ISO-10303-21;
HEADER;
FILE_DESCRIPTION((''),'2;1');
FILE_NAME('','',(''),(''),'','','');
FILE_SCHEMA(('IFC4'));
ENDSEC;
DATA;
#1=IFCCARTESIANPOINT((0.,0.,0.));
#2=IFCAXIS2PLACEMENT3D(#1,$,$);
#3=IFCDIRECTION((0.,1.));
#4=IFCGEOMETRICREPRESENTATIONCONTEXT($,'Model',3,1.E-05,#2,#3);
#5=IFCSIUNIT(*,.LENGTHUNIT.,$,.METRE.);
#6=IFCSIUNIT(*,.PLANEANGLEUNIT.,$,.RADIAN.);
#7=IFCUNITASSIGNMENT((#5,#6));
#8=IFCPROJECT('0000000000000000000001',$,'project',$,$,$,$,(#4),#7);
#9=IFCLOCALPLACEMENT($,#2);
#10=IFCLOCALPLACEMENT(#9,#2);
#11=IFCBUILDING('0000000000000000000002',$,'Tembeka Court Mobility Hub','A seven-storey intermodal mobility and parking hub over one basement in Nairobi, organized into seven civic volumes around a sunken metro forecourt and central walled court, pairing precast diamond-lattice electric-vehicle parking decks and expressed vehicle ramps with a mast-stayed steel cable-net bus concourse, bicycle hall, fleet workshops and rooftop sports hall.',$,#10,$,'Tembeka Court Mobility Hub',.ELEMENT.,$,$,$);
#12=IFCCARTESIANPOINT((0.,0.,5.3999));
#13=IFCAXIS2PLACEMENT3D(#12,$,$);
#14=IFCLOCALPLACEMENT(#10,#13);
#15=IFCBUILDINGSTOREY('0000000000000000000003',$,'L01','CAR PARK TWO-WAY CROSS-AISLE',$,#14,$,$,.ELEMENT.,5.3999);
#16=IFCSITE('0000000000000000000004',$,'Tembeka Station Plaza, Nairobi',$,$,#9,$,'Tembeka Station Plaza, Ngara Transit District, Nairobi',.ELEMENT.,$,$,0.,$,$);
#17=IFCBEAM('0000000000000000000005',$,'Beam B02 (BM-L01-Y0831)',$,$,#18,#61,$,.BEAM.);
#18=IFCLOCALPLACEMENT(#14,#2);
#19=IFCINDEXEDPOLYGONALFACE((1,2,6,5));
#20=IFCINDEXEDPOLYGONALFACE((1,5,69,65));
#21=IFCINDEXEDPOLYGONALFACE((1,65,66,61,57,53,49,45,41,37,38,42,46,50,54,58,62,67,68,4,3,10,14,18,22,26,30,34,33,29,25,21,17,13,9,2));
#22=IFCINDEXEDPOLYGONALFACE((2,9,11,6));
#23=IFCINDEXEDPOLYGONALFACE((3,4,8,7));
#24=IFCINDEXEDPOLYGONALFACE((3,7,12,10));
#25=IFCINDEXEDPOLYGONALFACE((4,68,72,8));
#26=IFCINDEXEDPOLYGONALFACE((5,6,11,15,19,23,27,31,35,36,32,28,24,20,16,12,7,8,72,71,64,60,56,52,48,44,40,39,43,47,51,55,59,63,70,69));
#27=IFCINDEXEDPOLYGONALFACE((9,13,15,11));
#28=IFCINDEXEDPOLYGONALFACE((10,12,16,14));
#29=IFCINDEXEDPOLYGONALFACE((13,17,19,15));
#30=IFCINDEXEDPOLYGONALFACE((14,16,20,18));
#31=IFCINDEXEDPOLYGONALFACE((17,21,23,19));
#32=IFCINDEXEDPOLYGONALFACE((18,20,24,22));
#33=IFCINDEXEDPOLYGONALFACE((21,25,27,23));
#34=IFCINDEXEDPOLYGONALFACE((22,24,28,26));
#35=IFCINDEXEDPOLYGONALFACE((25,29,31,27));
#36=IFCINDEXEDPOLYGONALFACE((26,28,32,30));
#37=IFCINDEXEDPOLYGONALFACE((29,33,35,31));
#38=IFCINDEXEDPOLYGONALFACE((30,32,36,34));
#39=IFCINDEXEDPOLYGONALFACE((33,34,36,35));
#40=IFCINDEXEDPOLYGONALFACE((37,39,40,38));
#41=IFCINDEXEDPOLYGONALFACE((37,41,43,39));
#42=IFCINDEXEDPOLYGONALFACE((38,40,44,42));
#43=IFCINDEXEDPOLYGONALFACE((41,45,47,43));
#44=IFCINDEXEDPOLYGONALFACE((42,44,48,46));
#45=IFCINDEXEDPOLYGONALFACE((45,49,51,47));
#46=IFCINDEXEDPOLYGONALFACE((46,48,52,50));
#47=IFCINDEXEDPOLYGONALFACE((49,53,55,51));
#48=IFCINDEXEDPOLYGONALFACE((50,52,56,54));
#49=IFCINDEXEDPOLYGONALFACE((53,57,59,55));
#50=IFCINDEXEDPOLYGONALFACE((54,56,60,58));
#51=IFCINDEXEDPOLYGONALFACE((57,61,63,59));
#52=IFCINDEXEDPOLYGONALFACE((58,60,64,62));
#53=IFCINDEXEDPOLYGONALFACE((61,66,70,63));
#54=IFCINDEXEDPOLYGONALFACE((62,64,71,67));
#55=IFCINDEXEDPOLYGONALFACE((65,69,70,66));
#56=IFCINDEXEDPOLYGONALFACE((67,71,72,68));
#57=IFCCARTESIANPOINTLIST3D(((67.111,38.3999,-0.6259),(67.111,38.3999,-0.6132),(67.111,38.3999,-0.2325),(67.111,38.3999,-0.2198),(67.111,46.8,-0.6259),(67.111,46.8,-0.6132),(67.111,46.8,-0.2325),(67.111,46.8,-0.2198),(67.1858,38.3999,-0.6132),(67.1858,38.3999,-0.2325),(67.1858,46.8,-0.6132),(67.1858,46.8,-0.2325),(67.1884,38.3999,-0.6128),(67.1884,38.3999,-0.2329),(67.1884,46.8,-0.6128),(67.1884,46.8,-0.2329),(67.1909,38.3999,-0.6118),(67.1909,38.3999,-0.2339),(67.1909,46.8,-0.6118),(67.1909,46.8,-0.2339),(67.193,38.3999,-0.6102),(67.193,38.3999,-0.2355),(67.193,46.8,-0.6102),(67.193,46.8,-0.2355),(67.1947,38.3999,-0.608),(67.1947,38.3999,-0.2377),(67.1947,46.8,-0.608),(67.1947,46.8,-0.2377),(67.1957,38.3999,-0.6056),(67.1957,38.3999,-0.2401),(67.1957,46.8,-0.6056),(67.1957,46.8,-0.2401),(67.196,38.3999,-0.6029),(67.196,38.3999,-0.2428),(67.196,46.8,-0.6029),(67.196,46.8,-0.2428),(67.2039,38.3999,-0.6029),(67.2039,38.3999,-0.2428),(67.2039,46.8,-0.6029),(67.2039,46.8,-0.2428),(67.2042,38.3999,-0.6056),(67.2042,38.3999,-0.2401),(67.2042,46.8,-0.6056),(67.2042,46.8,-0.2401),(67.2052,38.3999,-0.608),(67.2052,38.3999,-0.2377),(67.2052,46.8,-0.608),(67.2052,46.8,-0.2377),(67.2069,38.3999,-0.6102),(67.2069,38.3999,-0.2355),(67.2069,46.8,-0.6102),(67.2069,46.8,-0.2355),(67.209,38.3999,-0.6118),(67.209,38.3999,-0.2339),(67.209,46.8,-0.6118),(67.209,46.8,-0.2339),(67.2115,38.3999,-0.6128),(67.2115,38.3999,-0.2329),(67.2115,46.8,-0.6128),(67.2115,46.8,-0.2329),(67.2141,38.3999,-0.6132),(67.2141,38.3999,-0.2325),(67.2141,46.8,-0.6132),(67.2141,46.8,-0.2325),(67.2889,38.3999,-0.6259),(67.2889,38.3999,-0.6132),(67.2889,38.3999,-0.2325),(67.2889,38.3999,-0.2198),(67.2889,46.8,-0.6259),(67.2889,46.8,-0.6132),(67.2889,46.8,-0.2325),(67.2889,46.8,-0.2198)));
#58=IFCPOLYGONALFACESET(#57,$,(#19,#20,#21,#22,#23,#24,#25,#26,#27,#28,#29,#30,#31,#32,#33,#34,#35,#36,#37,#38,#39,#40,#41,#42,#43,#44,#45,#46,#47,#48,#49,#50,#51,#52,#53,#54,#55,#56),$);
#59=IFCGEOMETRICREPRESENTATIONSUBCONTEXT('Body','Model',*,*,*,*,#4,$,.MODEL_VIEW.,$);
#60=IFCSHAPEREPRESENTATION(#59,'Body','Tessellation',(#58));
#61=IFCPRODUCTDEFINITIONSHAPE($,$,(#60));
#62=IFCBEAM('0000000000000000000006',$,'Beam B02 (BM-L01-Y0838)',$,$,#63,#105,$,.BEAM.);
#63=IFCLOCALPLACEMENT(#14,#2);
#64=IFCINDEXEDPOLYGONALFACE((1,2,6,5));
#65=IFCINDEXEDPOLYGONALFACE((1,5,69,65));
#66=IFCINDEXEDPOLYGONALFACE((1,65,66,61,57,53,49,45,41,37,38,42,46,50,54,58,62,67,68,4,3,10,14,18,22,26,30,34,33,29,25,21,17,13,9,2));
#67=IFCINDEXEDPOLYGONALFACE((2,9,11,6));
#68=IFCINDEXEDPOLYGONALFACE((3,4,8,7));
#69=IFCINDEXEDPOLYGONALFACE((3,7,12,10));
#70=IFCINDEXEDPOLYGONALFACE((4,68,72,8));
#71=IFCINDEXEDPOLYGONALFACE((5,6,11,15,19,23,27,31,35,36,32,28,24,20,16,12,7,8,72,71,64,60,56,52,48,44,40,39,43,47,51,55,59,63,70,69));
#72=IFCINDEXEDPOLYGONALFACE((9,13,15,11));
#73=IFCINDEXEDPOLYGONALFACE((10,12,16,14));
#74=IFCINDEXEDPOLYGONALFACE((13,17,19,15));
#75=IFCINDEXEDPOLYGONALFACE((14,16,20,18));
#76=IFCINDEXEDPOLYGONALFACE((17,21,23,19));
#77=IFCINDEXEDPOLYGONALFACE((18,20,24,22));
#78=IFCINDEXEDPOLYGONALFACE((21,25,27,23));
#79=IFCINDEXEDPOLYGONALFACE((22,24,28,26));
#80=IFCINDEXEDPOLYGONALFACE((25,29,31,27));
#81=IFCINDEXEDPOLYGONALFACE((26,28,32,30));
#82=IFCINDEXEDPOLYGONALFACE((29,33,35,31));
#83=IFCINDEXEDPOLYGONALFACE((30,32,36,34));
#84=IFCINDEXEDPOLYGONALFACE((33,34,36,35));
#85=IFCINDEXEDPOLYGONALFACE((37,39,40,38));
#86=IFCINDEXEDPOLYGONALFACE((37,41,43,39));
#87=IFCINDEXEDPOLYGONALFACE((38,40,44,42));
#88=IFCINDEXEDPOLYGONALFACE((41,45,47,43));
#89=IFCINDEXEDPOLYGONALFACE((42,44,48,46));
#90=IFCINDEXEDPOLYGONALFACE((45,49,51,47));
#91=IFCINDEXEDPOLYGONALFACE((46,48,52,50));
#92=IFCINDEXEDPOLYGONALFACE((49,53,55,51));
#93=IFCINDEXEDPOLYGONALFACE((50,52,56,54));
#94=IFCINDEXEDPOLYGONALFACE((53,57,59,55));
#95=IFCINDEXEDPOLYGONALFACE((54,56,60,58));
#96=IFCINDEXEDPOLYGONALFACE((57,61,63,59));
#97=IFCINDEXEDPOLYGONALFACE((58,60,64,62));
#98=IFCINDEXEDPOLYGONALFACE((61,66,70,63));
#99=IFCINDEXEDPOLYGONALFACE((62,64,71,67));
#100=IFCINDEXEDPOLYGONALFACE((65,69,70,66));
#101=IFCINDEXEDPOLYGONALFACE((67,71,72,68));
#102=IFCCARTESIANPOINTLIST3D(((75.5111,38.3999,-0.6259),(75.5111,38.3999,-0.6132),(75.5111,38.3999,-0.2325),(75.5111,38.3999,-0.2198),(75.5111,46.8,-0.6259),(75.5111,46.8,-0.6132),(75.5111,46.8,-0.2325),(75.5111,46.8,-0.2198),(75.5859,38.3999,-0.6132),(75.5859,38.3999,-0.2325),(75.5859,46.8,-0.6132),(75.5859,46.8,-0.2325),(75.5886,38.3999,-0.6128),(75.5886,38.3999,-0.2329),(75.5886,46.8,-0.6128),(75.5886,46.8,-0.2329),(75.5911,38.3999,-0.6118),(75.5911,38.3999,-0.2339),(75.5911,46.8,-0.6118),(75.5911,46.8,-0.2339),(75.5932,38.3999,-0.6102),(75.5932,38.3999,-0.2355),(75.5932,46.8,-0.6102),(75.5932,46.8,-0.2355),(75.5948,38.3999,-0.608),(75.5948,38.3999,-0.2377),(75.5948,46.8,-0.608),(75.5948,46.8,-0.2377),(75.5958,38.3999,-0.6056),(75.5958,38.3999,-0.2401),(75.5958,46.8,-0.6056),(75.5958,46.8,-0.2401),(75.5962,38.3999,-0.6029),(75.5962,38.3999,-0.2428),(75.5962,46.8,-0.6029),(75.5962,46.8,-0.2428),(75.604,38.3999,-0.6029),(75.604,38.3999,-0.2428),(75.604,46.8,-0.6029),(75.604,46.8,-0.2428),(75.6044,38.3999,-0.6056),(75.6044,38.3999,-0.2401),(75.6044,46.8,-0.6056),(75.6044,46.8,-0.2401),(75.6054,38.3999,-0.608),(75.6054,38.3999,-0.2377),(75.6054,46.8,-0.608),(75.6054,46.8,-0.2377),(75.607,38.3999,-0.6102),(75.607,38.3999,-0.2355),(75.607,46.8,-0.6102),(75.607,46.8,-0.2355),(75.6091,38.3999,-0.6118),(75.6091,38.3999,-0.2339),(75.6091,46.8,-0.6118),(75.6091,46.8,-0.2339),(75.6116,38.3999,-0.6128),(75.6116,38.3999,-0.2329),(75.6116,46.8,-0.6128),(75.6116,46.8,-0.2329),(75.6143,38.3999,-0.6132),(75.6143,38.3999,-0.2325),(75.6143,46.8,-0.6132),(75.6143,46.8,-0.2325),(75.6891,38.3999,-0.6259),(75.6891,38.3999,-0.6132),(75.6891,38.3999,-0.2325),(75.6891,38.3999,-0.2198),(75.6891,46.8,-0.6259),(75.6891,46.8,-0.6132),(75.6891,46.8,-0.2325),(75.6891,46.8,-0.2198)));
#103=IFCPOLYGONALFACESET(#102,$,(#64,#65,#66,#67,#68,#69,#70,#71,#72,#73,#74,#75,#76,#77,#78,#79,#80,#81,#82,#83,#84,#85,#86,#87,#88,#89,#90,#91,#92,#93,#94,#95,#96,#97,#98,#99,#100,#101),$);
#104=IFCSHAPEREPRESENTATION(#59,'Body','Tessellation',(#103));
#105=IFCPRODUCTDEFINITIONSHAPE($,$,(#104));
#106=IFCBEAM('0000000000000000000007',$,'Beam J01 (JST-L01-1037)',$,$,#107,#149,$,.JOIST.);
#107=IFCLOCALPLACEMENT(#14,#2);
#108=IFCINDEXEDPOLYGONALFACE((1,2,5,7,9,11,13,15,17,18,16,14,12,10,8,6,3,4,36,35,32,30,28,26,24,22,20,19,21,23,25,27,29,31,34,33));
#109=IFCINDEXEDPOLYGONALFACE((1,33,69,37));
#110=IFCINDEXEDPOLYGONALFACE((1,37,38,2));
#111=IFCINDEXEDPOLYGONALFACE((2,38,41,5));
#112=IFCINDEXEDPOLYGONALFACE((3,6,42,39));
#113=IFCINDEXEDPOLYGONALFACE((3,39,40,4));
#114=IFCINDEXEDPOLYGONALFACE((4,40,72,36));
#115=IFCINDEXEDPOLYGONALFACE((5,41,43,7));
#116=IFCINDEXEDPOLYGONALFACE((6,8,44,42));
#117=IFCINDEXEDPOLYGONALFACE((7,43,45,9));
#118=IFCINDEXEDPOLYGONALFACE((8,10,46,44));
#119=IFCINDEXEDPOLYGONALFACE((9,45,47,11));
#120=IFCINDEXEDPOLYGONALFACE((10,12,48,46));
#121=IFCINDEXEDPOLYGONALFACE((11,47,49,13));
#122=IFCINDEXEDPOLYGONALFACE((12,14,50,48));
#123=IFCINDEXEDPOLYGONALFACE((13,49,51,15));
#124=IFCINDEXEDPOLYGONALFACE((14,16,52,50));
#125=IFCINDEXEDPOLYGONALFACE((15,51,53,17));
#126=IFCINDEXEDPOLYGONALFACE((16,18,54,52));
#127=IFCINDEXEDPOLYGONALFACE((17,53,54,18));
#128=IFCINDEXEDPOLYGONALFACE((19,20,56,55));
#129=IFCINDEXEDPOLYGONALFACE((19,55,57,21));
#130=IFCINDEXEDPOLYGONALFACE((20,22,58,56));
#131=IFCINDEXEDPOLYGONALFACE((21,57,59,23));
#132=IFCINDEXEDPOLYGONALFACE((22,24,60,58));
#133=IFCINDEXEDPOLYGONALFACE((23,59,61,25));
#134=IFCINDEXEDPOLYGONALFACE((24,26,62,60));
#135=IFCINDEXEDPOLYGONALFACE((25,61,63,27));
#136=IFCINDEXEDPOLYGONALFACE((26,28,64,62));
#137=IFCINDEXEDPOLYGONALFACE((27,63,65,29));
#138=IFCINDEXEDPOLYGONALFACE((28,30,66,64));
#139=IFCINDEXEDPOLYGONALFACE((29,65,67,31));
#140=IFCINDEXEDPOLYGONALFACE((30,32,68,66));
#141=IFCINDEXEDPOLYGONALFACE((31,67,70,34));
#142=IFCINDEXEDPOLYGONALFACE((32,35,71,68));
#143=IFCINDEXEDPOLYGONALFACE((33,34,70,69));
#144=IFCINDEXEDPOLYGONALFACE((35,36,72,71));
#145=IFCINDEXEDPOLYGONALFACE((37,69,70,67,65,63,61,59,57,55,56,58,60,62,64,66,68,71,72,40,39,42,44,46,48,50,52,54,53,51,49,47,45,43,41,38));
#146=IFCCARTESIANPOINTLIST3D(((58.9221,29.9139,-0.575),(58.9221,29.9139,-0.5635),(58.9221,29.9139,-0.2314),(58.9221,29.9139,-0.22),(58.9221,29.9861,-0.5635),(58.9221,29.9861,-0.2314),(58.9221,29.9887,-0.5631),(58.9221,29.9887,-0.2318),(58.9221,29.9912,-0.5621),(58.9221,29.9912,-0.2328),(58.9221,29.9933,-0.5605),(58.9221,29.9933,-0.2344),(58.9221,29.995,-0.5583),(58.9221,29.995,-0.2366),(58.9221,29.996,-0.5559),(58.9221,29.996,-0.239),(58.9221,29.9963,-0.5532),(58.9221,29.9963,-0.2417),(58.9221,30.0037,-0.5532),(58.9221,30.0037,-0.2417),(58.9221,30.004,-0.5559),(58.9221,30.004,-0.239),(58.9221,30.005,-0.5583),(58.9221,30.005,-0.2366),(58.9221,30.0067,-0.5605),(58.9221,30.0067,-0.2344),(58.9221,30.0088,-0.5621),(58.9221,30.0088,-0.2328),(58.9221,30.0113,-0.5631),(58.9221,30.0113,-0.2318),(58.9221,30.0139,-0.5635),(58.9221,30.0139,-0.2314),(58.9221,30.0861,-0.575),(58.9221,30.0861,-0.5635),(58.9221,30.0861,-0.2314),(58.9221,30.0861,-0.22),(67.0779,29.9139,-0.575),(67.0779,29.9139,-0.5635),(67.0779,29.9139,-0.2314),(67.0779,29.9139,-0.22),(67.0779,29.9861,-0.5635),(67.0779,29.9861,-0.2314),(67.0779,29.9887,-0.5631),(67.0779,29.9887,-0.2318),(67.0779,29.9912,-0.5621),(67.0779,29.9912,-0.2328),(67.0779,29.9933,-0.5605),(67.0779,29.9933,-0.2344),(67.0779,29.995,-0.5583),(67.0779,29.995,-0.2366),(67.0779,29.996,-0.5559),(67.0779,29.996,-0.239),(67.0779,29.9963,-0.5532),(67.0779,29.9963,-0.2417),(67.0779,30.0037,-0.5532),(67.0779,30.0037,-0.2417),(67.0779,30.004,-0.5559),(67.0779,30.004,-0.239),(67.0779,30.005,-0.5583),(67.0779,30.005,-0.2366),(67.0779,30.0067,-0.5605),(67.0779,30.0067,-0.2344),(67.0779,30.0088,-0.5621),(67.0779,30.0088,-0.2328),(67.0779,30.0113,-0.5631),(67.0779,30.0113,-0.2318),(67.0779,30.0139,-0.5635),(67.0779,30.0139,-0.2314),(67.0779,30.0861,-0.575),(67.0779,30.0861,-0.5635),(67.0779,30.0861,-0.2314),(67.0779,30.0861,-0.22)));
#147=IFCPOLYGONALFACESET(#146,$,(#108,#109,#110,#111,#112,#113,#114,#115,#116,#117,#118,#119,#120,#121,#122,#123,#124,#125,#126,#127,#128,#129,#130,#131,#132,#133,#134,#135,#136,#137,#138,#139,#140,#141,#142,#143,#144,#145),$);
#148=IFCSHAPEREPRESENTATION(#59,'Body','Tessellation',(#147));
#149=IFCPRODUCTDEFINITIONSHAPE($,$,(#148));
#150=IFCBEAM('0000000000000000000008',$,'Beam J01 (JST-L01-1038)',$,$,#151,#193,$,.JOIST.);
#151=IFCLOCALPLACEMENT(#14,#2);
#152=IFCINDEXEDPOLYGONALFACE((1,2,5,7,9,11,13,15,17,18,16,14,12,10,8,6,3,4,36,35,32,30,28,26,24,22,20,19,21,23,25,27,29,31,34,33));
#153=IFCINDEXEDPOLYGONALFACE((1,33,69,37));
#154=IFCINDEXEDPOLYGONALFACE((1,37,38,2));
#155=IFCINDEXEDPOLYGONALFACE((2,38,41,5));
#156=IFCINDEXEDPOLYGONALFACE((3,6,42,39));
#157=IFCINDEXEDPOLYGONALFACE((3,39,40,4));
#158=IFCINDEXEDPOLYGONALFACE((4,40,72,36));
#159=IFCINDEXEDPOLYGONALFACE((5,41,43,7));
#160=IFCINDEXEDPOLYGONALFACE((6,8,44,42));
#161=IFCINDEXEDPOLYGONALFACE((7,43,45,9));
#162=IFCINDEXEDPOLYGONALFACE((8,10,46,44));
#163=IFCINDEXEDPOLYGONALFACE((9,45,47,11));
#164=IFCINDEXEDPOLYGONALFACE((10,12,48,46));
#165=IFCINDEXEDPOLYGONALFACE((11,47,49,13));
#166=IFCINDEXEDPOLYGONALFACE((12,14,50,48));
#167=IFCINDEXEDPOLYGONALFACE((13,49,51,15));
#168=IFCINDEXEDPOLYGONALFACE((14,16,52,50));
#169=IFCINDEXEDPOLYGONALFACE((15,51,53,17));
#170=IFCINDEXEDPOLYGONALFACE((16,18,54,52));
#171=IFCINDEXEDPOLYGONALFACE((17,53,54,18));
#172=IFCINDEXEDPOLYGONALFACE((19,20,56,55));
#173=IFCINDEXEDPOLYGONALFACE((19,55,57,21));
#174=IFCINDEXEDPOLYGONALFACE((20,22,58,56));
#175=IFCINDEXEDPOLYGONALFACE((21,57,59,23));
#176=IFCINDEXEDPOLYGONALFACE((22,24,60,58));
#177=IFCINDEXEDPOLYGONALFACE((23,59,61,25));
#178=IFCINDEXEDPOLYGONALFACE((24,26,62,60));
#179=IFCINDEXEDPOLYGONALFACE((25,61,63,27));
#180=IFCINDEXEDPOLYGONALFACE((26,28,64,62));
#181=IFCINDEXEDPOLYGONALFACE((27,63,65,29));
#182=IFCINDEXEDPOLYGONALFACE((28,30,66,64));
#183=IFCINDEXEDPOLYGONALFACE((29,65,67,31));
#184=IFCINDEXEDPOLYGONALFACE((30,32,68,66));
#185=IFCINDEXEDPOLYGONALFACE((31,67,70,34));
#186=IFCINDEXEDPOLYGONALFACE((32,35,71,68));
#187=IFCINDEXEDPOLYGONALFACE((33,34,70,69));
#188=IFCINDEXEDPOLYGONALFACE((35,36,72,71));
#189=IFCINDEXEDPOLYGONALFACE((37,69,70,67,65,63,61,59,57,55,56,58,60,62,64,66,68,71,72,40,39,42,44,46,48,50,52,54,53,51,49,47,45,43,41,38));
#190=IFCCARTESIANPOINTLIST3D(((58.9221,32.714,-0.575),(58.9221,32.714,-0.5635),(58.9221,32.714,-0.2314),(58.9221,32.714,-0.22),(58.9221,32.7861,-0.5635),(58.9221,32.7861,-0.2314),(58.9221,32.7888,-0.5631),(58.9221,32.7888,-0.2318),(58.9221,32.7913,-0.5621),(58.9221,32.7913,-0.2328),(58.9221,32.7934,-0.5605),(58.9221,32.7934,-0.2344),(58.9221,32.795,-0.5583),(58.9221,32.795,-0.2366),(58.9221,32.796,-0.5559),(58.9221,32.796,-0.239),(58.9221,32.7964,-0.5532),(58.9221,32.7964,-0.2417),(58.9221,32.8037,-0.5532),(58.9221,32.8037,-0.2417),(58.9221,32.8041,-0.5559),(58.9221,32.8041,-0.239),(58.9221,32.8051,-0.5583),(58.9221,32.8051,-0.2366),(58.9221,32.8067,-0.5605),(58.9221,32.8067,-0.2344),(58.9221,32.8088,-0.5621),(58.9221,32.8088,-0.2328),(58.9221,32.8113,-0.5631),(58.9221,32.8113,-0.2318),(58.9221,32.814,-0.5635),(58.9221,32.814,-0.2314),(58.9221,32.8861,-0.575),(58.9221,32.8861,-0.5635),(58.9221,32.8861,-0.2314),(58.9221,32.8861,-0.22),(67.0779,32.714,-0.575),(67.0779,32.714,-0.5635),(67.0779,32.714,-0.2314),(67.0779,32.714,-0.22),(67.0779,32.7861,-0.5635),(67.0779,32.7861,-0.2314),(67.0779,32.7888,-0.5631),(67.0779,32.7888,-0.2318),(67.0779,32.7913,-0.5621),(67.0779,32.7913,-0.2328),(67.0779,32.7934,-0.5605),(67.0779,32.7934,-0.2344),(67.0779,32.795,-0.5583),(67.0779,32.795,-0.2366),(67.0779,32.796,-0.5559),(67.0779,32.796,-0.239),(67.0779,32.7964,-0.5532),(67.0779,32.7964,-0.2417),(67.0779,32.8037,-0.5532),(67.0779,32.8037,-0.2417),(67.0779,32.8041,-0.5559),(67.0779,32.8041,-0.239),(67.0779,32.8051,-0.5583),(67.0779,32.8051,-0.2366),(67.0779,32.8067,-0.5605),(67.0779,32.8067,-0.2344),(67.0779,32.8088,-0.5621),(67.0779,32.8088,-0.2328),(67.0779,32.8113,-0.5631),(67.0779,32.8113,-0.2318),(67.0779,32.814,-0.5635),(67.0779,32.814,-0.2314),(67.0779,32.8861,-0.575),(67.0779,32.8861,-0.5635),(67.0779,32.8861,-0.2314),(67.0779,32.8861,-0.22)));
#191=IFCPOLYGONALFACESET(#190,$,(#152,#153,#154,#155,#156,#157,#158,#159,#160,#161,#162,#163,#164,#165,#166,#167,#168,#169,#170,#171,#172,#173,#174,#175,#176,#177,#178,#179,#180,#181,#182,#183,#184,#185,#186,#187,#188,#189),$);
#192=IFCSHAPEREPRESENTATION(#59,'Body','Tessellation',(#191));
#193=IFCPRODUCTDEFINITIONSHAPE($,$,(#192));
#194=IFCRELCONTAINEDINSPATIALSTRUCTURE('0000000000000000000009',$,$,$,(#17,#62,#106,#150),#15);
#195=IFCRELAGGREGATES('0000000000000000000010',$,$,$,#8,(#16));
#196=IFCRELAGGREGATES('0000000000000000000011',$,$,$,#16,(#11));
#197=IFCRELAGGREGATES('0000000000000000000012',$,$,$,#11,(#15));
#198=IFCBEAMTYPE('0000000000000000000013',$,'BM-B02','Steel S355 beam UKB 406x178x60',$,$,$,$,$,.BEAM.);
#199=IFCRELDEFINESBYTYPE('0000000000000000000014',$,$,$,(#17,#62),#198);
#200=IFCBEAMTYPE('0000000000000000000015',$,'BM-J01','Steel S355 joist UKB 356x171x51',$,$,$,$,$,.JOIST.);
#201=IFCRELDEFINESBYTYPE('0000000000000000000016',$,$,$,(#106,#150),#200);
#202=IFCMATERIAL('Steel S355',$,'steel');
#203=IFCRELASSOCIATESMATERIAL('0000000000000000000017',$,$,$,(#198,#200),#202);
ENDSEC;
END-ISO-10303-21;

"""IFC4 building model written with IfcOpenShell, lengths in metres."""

from ifc_helpers import new_model, si_unit, direction, frame, origin, origin_2d, place, context, subcontext, project, spatial, i_section, extrude, material, material_profile, profile_set, type_object, element, save


model = new_model("IFC4")

# Units and contexts
model_context = context("Model", 3, precision=1e-05, world=origin(), true_north=direction((0.0, 1.0)))
body_context = subcontext(model_context, "Body", "Model", "MODEL_VIEW")
ifc_project = project(units=[si_unit("LENGTHUNIT", "METRE"), si_unit("PLANEANGLEUNIT", "RADIAN")], contexts=[model_context])

# Site, building, storey
site_placement = place(None, origin())
site = spatial("IfcSite", under=ifc_project, at=site_placement, Name="Tembeka Station Plaza, Nairobi", LongName="Tembeka Station Plaza, Ngara Transit District, Nairobi", CompositionType="ELEMENT", RefElevation=0.0)
building_placement = place(site_placement, origin())
building = spatial("IfcBuilding", under=site, at=building_placement, Name="Tembeka Court Mobility Hub", Description="A seven-storey intermodal mobility and parking hub over one basement in Nairobi, organized into seven civic volumes around a sunken metro forecourt and central walled court, pairing precast diamond-lattice electric-vehicle parking decks and expressed vehicle ramps with a mast-stayed steel cable-net bus concourse, bicycle hall, fleet workshops and rooftop sports hall.", LongName="Tembeka Court Mobility Hub", CompositionType="ELEMENT")
storey_placement = place(building_placement, frame((0.0, 0.0, 5.3999)))
storey = spatial("IfcBuildingStorey", under=building, at=storey_placement, Name="L01", Description="CAR PARK TWO-WAY CROSS-AISLE", CompositionType="ELEMENT", Elevation=5.3999)

# Shared definitions
ifc_material_1 = material(Name="Steel S355", Category="steel")

# Beams
ifc_material_profile_1 = material_profile(ifc_material_1, i_section(OverallWidth=0.178, OverallDepth=0.406, WebThickness=0.0078, FlangeThickness=0.0127, FilletRadius=0.0103, at=origin_2d()), Name="UKB 406x178x60")
ifc_profile_set_1 = profile_set([ifc_material_profile_1], Name="Steel S355")
beam_type_1 = type_object("IfcBeamType", Name="BM-B02", Description="Steel S355 beam UKB 406x178x60", PredefinedType="BEAM", material=ifc_profile_set_1)
for number, where, z_axis, x_axis, name in (
    (1, (67.2, 38.3999, -0.4229), (0.0, 1.0, 0.0), (-1.0, 0.0, 0.0), "Beam B02 (BM-L01-Y0831)"),
    (2, (75.6001, 38.3999, -0.4229), (0.0, 1.0, 0.0), (-1.0, 0.0, 0.0), "Beam B02 (BM-L01-Y0838)"),
):
    element("IfcBeam", number, at=place(storey_placement, frame(where, z_axis=z_axis, x_axis=x_axis)), inside=storey, type_object=beam_type_1, Name=name, PredefinedType="BEAM", context=body_context, shape_type="SweptSolid", body=[
        extrude(i_section(OverallWidth=0.178, OverallDepth=0.406, WebThickness=0.0078, FlangeThickness=0.0127, FilletRadius=0.0103, at=origin_2d()), origin(), (0.0, 0.0, 1.0), 8.4001),
    ])
ifc_material_profile_2 = material_profile(ifc_material_1, i_section(OverallWidth=0.1721, OverallDepth=0.355, WebThickness=0.0073, FlangeThickness=0.0115, FilletRadius=0.0103, at=origin_2d()), Name="UKB 356x171x51")
ifc_profile_set_2 = profile_set([ifc_material_profile_2], Name="Steel S355")
beam_type_2 = type_object("IfcBeamType", Name="BM-J01", Description="Steel S355 joist UKB 356x171x51", PredefinedType="JOIST", material=ifc_profile_set_2)
for number, where, z_axis, x_axis, name in (
    (3, (58.9221, 30.0, -0.3975), (1.0, 0.0, 0.0), (0.0, 1.0, 0.0), "Beam J01 (JST-L01-1037)"),
    (4, (58.9221, 32.8, -0.3975), (1.0, 0.0, 0.0), (0.0, 1.0, 0.0), "Beam J01 (JST-L01-1038)"),
):
    element("IfcBeam", number, at=place(storey_placement, frame(where, z_axis=z_axis, x_axis=x_axis)), inside=storey, type_object=beam_type_2, Name=name, PredefinedType="JOIST", context=body_context, shape_type="SweptSolid", body=[
        extrude(i_section(OverallWidth=0.1721, OverallDepth=0.355, WebThickness=0.0073, FlangeThickness=0.0115, FilletRadius=0.0103, at=origin_2d()), origin(), (0.0, 0.0, 1.0), 8.1558),
    ])

save(model, "model.ifc")
